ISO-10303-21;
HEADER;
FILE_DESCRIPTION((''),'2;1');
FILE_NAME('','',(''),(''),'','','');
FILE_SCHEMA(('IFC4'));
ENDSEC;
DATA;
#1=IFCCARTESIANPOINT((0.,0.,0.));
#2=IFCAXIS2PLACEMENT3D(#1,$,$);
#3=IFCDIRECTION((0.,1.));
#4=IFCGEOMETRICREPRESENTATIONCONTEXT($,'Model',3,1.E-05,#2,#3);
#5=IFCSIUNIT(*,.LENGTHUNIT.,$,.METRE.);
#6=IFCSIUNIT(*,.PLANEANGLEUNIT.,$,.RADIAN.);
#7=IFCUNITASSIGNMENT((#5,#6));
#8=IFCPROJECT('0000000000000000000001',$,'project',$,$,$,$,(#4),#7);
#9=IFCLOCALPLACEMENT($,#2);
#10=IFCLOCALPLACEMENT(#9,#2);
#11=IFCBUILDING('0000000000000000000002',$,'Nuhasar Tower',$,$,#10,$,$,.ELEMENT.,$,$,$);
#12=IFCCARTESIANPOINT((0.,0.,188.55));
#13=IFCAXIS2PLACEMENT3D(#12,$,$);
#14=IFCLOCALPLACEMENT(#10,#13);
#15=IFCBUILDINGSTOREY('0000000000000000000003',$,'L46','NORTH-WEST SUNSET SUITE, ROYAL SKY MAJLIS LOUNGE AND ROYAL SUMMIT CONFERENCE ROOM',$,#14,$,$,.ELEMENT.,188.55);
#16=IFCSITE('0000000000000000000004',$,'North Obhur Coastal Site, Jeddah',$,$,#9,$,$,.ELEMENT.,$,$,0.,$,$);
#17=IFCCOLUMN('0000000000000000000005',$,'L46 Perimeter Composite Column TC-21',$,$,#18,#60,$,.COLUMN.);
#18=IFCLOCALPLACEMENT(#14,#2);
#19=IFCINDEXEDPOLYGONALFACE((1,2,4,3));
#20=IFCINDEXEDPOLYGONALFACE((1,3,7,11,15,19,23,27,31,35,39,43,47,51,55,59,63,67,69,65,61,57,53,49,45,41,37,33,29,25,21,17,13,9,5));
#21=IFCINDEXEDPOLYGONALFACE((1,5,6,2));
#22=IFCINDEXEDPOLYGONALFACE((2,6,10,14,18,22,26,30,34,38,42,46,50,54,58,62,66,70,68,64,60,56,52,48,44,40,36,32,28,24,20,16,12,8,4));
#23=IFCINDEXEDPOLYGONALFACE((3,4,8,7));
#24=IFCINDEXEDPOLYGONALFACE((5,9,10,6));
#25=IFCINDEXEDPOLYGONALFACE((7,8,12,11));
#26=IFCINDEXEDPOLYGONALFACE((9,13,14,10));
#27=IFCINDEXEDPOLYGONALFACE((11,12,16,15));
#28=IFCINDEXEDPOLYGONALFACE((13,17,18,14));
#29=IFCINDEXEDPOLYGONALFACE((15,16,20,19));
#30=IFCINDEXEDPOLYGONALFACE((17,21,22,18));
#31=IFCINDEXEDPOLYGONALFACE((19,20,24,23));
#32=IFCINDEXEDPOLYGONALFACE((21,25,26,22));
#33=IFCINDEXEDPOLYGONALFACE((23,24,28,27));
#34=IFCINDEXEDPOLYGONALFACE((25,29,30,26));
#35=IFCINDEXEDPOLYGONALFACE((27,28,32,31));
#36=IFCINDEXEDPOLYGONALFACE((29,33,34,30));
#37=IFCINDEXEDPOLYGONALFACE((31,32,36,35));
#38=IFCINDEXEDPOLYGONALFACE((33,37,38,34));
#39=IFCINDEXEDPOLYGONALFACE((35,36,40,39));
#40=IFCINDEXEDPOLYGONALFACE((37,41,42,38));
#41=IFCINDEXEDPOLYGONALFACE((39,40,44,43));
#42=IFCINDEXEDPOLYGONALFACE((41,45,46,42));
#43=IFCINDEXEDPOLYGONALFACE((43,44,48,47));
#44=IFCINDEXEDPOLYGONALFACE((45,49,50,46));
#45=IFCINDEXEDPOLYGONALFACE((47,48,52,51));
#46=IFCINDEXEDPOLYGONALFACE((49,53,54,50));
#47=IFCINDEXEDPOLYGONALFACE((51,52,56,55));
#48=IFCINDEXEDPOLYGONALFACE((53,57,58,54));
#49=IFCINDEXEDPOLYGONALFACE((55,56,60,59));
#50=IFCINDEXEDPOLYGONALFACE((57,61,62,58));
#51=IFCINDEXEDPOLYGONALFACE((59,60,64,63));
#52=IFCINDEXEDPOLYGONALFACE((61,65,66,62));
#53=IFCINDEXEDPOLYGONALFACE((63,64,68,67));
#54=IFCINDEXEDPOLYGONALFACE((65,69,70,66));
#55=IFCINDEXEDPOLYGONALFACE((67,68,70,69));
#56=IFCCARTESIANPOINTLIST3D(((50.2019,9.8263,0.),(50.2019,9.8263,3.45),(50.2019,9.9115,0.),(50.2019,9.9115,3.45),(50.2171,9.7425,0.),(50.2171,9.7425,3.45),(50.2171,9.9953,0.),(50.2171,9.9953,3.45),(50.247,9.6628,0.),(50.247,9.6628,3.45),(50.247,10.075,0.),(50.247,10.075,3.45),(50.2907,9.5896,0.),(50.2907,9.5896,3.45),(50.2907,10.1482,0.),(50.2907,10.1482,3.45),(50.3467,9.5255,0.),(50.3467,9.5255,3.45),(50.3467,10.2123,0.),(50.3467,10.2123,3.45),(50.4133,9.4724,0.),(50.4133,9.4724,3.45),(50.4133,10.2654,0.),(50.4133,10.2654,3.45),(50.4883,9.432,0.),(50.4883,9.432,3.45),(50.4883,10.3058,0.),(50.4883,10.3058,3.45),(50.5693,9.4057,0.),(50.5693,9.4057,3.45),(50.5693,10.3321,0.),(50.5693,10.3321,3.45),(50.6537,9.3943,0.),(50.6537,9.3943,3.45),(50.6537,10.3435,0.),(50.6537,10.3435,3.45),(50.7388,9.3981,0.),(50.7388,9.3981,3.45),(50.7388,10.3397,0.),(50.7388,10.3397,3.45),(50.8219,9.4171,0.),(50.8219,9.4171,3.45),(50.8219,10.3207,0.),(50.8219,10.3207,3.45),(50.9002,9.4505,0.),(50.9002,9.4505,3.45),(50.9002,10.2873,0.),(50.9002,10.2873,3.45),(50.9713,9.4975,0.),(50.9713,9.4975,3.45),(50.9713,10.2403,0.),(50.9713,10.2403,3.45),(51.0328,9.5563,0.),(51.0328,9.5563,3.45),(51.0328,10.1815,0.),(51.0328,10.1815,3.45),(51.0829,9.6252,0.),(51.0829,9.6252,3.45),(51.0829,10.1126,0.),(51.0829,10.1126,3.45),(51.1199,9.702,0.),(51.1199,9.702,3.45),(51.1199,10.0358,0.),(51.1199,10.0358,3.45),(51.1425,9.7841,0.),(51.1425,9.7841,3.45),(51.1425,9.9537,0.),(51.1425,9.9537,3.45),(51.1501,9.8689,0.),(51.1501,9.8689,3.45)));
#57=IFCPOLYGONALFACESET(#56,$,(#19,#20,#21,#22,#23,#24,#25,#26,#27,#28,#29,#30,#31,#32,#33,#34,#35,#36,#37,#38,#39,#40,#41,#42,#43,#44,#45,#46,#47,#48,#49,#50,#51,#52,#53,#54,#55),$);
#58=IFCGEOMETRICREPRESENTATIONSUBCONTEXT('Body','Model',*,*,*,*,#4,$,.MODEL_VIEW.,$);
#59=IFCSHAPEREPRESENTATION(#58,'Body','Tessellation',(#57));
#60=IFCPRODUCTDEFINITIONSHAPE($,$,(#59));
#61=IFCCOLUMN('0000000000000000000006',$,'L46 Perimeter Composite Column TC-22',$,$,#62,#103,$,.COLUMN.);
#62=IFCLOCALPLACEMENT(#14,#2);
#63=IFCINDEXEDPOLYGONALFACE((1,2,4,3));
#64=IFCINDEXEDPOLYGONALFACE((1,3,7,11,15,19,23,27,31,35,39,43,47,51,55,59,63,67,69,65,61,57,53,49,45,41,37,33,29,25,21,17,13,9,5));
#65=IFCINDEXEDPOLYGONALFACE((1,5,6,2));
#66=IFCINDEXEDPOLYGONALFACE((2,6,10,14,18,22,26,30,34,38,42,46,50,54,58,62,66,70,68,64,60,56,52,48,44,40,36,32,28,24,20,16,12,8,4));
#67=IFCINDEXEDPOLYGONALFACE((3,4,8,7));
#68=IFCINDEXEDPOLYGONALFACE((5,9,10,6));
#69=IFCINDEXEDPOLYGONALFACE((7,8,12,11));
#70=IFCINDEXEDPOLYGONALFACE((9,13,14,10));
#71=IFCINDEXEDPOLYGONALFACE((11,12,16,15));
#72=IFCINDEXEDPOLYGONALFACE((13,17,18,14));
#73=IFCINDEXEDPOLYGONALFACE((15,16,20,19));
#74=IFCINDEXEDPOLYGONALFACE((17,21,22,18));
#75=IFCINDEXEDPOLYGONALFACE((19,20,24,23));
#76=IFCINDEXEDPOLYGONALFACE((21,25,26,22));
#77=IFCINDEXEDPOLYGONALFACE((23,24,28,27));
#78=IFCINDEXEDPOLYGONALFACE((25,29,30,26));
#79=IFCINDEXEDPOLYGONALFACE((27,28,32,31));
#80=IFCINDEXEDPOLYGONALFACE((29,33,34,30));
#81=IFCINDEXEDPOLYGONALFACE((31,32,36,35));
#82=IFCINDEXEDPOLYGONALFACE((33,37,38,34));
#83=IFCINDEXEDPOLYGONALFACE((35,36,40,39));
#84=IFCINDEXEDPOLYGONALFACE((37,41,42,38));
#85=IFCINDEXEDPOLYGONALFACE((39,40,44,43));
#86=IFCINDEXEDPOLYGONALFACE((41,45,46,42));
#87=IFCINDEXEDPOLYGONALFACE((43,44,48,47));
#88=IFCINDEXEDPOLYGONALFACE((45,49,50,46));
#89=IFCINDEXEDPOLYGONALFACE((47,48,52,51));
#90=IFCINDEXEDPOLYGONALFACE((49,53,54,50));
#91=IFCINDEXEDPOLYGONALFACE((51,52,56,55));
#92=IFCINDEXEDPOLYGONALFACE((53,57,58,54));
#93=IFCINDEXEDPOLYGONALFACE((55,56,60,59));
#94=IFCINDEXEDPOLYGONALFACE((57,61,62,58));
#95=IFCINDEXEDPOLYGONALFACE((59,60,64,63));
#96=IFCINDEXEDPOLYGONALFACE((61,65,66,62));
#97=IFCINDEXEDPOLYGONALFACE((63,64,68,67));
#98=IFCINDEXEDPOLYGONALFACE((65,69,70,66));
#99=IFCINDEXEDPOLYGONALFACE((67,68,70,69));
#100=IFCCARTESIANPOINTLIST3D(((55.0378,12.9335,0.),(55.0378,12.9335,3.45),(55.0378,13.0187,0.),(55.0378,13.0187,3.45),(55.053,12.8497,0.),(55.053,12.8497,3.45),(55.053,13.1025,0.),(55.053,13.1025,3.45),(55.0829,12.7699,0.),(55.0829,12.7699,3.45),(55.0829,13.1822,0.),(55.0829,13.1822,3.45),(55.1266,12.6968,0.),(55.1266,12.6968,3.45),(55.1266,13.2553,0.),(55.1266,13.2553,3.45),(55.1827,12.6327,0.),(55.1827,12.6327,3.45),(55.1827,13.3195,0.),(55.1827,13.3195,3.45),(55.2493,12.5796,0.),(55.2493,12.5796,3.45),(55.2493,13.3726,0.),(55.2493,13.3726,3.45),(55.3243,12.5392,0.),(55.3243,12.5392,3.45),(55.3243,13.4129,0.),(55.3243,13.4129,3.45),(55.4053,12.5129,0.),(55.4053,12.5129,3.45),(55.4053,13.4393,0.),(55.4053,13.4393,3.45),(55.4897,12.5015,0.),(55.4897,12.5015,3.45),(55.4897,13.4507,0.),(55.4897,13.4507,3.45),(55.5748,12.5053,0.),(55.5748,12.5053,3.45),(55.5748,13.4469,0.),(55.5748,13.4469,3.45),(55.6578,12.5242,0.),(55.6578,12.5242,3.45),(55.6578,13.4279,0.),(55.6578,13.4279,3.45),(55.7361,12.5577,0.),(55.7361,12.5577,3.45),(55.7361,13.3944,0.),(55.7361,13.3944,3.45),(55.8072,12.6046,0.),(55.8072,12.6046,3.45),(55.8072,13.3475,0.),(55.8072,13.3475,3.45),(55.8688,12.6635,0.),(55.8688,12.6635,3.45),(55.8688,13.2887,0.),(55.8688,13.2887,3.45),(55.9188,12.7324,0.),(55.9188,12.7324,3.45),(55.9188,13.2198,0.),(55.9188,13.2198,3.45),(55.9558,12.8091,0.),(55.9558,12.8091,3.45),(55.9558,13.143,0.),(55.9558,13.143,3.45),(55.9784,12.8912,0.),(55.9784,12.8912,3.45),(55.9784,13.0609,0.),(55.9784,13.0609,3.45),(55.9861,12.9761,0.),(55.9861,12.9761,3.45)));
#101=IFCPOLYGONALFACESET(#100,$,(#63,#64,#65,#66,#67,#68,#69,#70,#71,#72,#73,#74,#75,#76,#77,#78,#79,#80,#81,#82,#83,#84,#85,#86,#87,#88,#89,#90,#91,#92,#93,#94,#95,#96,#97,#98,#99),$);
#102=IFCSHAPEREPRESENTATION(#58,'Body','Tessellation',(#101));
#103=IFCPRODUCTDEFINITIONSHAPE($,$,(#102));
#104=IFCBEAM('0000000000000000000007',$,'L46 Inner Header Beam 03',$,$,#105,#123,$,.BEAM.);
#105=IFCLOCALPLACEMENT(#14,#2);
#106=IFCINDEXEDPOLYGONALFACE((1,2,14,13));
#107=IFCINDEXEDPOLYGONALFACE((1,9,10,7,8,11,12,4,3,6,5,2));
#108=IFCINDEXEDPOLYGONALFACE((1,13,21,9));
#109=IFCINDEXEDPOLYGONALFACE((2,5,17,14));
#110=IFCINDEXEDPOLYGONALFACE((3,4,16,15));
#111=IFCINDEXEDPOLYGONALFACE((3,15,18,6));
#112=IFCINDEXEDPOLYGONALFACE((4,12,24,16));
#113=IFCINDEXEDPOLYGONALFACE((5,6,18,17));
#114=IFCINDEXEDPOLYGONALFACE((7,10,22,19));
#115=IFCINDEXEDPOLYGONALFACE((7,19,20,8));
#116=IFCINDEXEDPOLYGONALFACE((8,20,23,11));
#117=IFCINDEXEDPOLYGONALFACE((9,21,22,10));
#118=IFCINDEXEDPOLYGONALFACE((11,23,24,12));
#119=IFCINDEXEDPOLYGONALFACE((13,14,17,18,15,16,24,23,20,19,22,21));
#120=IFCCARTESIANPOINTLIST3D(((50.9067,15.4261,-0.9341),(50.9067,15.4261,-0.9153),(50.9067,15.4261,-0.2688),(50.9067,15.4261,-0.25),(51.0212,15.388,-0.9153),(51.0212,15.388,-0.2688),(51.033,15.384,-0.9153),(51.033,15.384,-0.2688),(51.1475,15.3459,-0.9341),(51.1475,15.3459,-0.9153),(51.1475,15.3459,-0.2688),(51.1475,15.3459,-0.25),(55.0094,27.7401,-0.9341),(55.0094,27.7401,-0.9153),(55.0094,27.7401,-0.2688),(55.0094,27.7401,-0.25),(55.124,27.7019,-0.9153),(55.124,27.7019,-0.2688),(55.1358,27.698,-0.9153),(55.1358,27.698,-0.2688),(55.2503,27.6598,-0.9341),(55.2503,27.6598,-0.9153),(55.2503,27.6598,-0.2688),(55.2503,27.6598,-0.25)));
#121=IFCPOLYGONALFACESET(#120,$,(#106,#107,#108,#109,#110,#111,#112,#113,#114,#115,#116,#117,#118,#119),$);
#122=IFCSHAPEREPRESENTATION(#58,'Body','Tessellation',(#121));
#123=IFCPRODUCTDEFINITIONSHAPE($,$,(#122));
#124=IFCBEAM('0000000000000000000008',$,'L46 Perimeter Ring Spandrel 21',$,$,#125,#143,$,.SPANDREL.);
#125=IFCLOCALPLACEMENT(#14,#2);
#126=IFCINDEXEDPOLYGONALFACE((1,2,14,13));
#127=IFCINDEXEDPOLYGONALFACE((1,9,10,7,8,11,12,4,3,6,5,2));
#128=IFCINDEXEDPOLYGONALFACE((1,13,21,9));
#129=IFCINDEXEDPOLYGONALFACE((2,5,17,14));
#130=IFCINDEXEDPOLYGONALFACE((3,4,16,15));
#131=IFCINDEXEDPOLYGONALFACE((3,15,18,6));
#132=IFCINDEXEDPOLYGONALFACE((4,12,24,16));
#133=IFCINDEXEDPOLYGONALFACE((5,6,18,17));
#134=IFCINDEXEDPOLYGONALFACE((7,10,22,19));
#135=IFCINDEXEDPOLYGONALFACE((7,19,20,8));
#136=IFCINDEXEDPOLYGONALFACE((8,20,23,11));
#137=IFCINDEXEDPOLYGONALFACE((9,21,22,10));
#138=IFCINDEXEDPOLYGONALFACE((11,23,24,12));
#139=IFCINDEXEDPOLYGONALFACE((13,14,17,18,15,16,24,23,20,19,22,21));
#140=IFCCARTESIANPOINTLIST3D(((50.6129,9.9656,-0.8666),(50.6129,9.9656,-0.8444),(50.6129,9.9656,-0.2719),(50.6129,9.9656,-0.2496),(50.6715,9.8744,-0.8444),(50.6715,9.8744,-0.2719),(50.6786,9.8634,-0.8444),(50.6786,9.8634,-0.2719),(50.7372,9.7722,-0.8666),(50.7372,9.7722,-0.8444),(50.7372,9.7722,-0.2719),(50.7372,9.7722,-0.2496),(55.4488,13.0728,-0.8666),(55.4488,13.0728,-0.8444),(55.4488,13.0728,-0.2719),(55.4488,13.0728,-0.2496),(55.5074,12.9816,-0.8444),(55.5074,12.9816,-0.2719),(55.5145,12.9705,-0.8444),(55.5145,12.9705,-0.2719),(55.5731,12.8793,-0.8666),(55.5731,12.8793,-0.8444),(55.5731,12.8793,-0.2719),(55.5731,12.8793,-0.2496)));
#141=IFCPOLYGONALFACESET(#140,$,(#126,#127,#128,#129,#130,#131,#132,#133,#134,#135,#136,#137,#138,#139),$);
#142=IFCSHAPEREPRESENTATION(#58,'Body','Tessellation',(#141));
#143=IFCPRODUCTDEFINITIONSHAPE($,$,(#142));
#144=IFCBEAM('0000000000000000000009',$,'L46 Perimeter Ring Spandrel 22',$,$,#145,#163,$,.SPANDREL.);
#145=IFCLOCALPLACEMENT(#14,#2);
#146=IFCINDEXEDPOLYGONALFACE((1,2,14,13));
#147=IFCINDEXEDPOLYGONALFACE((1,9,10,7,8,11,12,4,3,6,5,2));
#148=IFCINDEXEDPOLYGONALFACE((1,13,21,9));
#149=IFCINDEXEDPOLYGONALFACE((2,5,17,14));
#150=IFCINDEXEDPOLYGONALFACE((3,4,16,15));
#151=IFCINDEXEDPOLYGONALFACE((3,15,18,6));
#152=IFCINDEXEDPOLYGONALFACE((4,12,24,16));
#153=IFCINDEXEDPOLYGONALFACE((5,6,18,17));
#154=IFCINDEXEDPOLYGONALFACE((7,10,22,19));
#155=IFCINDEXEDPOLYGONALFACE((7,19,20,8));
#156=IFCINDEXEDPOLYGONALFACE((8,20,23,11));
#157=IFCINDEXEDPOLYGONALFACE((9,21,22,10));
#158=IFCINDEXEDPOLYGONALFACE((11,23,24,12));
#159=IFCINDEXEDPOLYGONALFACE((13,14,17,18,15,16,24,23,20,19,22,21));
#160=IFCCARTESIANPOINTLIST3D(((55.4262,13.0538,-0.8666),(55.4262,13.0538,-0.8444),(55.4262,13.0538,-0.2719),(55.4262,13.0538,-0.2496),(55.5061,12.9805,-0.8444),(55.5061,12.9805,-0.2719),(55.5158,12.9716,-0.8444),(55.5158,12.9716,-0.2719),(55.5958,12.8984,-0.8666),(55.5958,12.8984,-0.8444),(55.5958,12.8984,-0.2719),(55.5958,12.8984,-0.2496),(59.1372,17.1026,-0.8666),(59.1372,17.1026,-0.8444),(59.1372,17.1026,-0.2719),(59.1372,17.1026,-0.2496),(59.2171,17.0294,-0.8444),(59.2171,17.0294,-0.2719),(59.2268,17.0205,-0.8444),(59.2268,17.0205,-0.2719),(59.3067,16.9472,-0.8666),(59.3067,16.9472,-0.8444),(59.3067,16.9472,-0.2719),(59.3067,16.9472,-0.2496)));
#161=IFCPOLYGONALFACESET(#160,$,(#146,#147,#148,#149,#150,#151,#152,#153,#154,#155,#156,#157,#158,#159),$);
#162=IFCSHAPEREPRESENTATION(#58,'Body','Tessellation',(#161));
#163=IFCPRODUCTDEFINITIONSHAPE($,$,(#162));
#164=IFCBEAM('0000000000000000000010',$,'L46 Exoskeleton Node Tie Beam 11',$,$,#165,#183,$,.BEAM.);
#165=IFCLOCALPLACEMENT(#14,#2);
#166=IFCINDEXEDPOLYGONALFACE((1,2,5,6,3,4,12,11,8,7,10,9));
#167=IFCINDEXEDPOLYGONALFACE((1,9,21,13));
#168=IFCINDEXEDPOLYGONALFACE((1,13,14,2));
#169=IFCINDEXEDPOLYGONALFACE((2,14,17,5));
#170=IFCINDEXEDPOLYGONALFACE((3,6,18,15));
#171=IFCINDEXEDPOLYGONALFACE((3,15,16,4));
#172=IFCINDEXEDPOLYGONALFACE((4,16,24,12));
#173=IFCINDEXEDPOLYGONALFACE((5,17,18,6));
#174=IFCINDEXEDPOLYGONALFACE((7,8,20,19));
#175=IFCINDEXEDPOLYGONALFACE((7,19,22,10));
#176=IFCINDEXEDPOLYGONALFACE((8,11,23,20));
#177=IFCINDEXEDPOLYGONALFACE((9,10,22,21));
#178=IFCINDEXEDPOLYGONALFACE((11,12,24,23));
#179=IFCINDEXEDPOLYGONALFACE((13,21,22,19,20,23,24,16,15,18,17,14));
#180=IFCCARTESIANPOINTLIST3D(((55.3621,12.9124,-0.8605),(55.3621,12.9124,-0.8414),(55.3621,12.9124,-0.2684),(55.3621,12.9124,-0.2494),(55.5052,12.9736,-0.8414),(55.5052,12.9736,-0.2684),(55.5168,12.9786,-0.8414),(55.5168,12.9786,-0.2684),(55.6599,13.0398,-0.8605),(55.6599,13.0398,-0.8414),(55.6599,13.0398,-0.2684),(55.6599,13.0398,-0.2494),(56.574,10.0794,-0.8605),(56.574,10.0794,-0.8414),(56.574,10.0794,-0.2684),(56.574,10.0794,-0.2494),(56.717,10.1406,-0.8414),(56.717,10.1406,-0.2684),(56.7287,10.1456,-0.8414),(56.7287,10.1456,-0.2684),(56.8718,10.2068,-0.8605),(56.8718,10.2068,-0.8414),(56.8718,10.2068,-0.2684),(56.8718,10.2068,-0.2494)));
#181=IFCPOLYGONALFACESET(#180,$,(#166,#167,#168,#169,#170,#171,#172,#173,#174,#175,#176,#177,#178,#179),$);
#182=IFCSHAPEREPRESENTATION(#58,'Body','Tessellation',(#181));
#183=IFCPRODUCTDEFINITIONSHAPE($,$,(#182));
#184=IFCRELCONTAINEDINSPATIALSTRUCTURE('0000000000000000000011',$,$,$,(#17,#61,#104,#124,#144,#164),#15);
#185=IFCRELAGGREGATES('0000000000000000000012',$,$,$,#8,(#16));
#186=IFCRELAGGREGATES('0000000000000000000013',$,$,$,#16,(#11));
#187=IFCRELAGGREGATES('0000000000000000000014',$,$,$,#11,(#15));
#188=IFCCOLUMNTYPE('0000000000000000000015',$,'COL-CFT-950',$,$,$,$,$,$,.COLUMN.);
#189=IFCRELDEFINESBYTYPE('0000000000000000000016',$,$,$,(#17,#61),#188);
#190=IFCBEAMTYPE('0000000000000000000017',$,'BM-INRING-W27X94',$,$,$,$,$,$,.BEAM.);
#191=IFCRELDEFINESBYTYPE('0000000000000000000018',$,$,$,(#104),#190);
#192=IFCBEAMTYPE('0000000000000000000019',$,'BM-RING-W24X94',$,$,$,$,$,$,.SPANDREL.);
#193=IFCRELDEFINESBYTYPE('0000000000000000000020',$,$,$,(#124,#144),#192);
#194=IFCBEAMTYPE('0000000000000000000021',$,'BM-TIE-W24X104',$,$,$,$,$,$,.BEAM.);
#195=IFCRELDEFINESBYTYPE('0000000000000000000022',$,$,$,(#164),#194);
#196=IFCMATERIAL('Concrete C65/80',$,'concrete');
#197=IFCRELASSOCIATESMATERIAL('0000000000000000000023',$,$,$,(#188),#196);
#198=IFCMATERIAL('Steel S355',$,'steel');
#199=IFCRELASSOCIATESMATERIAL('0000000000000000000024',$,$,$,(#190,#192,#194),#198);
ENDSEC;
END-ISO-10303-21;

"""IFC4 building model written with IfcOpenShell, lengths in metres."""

from ifc_helpers import new_model, si_unit, direction, frame, origin, origin_2d, place, context, subcontext, project, spatial, circle, i_section, extrude, material, material_profile, profile_set, type_object, element, save


model = new_model("IFC4")

# Units and contexts
model_context = context("Model", 3, precision=1e-05, world=origin(), true_north=direction((0.0, 1.0)))
body_context = subcontext(model_context, "Body", "Model", "MODEL_VIEW")
ifc_project = project(units=[si_unit("LENGTHUNIT", "METRE"), si_unit("PLANEANGLEUNIT", "RADIAN")], contexts=[model_context])

# Site, building, storey
site_placement = place(None, origin())
site = spatial("IfcSite", under=ifc_project, at=site_placement, Name="North Obhur Coastal Site, Jeddah", CompositionType="ELEMENT", RefElevation=0.0)
building_placement = place(site_placement, origin())
building = spatial("IfcBuilding", under=site, at=building_placement, Name="Nuhasar Tower", CompositionType="ELEMENT")
storey_placement = place(building_placement, frame((0.0, 0.0, 188.55)))
storey = spatial("IfcBuildingStorey", under=building, at=storey_placement, Name="L46", Description="NORTH-WEST SUNSET SUITE, ROYAL SKY MAJLIS LOUNGE AND ROYAL SUMMIT CONFERENCE ROOM", CompositionType="ELEMENT", Elevation=188.55)

# Columns
ifc_material_1 = material(Name="Concrete C65/80", Category="concrete")
ifc_material_profile_1 = material_profile(ifc_material_1, circle(Radius=0.4751, at=origin_2d()), Name="CFT950")
ifc_profile_set_1 = profile_set([ifc_material_profile_1], Name="Concrete C65/80")
column_type = type_object("IfcColumnType", Name="COL-CFT-950", PredefinedType="COLUMN", material=ifc_profile_set_1)
for number, where, z_axis, x_axis, name in (
    (1, (50.675, 9.8689, 0.0), (0.0, 0.0, 1.0), (1.0, 0.0, 0.0), "L46 Perimeter Composite Column TC-21"),
    (2, (55.511, 12.9761, 0.0), (0.0, 0.0, 1.0), (1.0, 0.0, 0.0), "L46 Perimeter Composite Column TC-22"),
):
    element("IfcColumn", number, at=place(storey_placement, frame(where, z_axis=z_axis, x_axis=x_axis)), inside=storey, type_object=column_type, Name=name, PredefinedType="COLUMN", context=body_context, shape_type="SweptSolid", body=[
        extrude(circle(Radius=0.4751, at=origin_2d()), origin(), (0.0, 0.0, 1.0), 3.45),
    ])

# Beams
ifc_material_2 = material(Name="Steel S355", Category="steel")
ifc_material_profile_2 = material_profile(ifc_material_2, i_section(OverallWidth=0.2539, OverallDepth=0.6841, WebThickness=0.0125, FlangeThickness=0.0188, at=origin_2d()), Name="W27X94")
ifc_profile_set_2 = profile_set([ifc_material_profile_2], Name="Steel S355")
beam_type_1 = type_object("IfcBeamType", Name="BM-INRING-W27X94", PredefinedType="BEAM", material=ifc_profile_set_2)
beam_1_placement = place(storey_placement, frame((51.0271, 15.386, -0.592), z_axis=(0.316098, 0.948727, 0.0), x_axis=(-0.948727, 0.316098, 0.0)))
element("IfcBeam", 3, at=beam_1_placement, inside=storey, type_object=beam_type_1, Name="L46 Inner Header Beam 03", PredefinedType="BEAM", context=body_context, shape_type="SweptSolid", body=[
    extrude(i_section(OverallWidth=0.2539, OverallDepth=0.6841, WebThickness=0.0125, FlangeThickness=0.0188, at=origin_2d()), origin(), (0.0, 0.0, 1.0), 12.9795),
])
ifc_material_profile_3 = material_profile(ifc_material_2, i_section(OverallWidth=0.23, OverallDepth=0.6169, WebThickness=0.0132, FlangeThickness=0.0222, at=origin_2d()), Name="W24X94")
ifc_profile_set_3 = profile_set([ifc_material_profile_3], Name="Steel S355")
beam_type_2 = type_object("IfcBeamType", Name="BM-RING-W24X94", PredefinedType="SPANDREL", material=ifc_profile_set_3)
beam_2_placement = place(storey_placement, frame((50.675, 9.8689, -0.5581), z_axis=(0.841308, 0.540556, 0.0), x_axis=(-0.540556, 0.841308, 0.0)))
element("IfcBeam", 4, at=beam_2_placement, inside=storey, type_object=beam_type_2, Name="L46 Perimeter Ring Spandrel 21", PredefinedType="SPANDREL", context=body_context, shape_type="SweptSolid", body=[
    extrude(i_section(OverallWidth=0.23, OverallDepth=0.6169, WebThickness=0.0132, FlangeThickness=0.0222, at=origin_2d()), origin(), (0.0, 0.0, 1.0), 5.748),
])
beam_3_placement = place(storey_placement, frame((55.511, 12.9761, -0.5581), z_axis=(0.675676, 0.737198, 0.0), x_axis=(-0.737198, 0.675676, 0.0)))
element("IfcBeam", 5, at=beam_3_placement, inside=storey, type_object=beam_type_2, Name="L46 Perimeter Ring Spandrel 22", PredefinedType="SPANDREL", context=body_context, shape_type="SweptSolid", body=[
    extrude(i_section(OverallWidth=0.23, OverallDepth=0.6169, WebThickness=0.0132, FlangeThickness=0.0222, at=origin_2d()), origin(), (0.0, 0.0, 1.0), 5.4922),
])
ifc_material_profile_4 = material_profile(ifc_material_2, i_section(OverallWidth=0.324, OverallDepth=0.6111, WebThickness=0.0127, FlangeThickness=0.019, at=origin_2d()), Name="W24X104")
ifc_profile_set_4 = profile_set([ifc_material_profile_4], Name="Steel S355")
beam_type_3 = type_object("IfcBeamType", Name="BM-TIE-W24X104", PredefinedType="BEAM", material=ifc_profile_set_4)
beam_4_placement = place(storey_placement, frame((55.511, 12.9761, -0.5549), z_axis=(0.393307, -0.919407, 0.0), x_axis=(0.919407, 0.393307, 0.0)))
element("IfcBeam", 6, at=beam_4_placement, inside=storey, type_object=beam_type_3, Name="L46 Exoskeleton Node Tie Beam 11", PredefinedType="BEAM", context=body_context, shape_type="SweptSolid", body=[
    extrude(i_section(OverallWidth=0.324, OverallDepth=0.6111, WebThickness=0.0127, FlangeThickness=0.019, at=origin_2d()), origin(), (0.0, 0.0, 1.0), 3.0813),
])

save(model, "model.ifc")
